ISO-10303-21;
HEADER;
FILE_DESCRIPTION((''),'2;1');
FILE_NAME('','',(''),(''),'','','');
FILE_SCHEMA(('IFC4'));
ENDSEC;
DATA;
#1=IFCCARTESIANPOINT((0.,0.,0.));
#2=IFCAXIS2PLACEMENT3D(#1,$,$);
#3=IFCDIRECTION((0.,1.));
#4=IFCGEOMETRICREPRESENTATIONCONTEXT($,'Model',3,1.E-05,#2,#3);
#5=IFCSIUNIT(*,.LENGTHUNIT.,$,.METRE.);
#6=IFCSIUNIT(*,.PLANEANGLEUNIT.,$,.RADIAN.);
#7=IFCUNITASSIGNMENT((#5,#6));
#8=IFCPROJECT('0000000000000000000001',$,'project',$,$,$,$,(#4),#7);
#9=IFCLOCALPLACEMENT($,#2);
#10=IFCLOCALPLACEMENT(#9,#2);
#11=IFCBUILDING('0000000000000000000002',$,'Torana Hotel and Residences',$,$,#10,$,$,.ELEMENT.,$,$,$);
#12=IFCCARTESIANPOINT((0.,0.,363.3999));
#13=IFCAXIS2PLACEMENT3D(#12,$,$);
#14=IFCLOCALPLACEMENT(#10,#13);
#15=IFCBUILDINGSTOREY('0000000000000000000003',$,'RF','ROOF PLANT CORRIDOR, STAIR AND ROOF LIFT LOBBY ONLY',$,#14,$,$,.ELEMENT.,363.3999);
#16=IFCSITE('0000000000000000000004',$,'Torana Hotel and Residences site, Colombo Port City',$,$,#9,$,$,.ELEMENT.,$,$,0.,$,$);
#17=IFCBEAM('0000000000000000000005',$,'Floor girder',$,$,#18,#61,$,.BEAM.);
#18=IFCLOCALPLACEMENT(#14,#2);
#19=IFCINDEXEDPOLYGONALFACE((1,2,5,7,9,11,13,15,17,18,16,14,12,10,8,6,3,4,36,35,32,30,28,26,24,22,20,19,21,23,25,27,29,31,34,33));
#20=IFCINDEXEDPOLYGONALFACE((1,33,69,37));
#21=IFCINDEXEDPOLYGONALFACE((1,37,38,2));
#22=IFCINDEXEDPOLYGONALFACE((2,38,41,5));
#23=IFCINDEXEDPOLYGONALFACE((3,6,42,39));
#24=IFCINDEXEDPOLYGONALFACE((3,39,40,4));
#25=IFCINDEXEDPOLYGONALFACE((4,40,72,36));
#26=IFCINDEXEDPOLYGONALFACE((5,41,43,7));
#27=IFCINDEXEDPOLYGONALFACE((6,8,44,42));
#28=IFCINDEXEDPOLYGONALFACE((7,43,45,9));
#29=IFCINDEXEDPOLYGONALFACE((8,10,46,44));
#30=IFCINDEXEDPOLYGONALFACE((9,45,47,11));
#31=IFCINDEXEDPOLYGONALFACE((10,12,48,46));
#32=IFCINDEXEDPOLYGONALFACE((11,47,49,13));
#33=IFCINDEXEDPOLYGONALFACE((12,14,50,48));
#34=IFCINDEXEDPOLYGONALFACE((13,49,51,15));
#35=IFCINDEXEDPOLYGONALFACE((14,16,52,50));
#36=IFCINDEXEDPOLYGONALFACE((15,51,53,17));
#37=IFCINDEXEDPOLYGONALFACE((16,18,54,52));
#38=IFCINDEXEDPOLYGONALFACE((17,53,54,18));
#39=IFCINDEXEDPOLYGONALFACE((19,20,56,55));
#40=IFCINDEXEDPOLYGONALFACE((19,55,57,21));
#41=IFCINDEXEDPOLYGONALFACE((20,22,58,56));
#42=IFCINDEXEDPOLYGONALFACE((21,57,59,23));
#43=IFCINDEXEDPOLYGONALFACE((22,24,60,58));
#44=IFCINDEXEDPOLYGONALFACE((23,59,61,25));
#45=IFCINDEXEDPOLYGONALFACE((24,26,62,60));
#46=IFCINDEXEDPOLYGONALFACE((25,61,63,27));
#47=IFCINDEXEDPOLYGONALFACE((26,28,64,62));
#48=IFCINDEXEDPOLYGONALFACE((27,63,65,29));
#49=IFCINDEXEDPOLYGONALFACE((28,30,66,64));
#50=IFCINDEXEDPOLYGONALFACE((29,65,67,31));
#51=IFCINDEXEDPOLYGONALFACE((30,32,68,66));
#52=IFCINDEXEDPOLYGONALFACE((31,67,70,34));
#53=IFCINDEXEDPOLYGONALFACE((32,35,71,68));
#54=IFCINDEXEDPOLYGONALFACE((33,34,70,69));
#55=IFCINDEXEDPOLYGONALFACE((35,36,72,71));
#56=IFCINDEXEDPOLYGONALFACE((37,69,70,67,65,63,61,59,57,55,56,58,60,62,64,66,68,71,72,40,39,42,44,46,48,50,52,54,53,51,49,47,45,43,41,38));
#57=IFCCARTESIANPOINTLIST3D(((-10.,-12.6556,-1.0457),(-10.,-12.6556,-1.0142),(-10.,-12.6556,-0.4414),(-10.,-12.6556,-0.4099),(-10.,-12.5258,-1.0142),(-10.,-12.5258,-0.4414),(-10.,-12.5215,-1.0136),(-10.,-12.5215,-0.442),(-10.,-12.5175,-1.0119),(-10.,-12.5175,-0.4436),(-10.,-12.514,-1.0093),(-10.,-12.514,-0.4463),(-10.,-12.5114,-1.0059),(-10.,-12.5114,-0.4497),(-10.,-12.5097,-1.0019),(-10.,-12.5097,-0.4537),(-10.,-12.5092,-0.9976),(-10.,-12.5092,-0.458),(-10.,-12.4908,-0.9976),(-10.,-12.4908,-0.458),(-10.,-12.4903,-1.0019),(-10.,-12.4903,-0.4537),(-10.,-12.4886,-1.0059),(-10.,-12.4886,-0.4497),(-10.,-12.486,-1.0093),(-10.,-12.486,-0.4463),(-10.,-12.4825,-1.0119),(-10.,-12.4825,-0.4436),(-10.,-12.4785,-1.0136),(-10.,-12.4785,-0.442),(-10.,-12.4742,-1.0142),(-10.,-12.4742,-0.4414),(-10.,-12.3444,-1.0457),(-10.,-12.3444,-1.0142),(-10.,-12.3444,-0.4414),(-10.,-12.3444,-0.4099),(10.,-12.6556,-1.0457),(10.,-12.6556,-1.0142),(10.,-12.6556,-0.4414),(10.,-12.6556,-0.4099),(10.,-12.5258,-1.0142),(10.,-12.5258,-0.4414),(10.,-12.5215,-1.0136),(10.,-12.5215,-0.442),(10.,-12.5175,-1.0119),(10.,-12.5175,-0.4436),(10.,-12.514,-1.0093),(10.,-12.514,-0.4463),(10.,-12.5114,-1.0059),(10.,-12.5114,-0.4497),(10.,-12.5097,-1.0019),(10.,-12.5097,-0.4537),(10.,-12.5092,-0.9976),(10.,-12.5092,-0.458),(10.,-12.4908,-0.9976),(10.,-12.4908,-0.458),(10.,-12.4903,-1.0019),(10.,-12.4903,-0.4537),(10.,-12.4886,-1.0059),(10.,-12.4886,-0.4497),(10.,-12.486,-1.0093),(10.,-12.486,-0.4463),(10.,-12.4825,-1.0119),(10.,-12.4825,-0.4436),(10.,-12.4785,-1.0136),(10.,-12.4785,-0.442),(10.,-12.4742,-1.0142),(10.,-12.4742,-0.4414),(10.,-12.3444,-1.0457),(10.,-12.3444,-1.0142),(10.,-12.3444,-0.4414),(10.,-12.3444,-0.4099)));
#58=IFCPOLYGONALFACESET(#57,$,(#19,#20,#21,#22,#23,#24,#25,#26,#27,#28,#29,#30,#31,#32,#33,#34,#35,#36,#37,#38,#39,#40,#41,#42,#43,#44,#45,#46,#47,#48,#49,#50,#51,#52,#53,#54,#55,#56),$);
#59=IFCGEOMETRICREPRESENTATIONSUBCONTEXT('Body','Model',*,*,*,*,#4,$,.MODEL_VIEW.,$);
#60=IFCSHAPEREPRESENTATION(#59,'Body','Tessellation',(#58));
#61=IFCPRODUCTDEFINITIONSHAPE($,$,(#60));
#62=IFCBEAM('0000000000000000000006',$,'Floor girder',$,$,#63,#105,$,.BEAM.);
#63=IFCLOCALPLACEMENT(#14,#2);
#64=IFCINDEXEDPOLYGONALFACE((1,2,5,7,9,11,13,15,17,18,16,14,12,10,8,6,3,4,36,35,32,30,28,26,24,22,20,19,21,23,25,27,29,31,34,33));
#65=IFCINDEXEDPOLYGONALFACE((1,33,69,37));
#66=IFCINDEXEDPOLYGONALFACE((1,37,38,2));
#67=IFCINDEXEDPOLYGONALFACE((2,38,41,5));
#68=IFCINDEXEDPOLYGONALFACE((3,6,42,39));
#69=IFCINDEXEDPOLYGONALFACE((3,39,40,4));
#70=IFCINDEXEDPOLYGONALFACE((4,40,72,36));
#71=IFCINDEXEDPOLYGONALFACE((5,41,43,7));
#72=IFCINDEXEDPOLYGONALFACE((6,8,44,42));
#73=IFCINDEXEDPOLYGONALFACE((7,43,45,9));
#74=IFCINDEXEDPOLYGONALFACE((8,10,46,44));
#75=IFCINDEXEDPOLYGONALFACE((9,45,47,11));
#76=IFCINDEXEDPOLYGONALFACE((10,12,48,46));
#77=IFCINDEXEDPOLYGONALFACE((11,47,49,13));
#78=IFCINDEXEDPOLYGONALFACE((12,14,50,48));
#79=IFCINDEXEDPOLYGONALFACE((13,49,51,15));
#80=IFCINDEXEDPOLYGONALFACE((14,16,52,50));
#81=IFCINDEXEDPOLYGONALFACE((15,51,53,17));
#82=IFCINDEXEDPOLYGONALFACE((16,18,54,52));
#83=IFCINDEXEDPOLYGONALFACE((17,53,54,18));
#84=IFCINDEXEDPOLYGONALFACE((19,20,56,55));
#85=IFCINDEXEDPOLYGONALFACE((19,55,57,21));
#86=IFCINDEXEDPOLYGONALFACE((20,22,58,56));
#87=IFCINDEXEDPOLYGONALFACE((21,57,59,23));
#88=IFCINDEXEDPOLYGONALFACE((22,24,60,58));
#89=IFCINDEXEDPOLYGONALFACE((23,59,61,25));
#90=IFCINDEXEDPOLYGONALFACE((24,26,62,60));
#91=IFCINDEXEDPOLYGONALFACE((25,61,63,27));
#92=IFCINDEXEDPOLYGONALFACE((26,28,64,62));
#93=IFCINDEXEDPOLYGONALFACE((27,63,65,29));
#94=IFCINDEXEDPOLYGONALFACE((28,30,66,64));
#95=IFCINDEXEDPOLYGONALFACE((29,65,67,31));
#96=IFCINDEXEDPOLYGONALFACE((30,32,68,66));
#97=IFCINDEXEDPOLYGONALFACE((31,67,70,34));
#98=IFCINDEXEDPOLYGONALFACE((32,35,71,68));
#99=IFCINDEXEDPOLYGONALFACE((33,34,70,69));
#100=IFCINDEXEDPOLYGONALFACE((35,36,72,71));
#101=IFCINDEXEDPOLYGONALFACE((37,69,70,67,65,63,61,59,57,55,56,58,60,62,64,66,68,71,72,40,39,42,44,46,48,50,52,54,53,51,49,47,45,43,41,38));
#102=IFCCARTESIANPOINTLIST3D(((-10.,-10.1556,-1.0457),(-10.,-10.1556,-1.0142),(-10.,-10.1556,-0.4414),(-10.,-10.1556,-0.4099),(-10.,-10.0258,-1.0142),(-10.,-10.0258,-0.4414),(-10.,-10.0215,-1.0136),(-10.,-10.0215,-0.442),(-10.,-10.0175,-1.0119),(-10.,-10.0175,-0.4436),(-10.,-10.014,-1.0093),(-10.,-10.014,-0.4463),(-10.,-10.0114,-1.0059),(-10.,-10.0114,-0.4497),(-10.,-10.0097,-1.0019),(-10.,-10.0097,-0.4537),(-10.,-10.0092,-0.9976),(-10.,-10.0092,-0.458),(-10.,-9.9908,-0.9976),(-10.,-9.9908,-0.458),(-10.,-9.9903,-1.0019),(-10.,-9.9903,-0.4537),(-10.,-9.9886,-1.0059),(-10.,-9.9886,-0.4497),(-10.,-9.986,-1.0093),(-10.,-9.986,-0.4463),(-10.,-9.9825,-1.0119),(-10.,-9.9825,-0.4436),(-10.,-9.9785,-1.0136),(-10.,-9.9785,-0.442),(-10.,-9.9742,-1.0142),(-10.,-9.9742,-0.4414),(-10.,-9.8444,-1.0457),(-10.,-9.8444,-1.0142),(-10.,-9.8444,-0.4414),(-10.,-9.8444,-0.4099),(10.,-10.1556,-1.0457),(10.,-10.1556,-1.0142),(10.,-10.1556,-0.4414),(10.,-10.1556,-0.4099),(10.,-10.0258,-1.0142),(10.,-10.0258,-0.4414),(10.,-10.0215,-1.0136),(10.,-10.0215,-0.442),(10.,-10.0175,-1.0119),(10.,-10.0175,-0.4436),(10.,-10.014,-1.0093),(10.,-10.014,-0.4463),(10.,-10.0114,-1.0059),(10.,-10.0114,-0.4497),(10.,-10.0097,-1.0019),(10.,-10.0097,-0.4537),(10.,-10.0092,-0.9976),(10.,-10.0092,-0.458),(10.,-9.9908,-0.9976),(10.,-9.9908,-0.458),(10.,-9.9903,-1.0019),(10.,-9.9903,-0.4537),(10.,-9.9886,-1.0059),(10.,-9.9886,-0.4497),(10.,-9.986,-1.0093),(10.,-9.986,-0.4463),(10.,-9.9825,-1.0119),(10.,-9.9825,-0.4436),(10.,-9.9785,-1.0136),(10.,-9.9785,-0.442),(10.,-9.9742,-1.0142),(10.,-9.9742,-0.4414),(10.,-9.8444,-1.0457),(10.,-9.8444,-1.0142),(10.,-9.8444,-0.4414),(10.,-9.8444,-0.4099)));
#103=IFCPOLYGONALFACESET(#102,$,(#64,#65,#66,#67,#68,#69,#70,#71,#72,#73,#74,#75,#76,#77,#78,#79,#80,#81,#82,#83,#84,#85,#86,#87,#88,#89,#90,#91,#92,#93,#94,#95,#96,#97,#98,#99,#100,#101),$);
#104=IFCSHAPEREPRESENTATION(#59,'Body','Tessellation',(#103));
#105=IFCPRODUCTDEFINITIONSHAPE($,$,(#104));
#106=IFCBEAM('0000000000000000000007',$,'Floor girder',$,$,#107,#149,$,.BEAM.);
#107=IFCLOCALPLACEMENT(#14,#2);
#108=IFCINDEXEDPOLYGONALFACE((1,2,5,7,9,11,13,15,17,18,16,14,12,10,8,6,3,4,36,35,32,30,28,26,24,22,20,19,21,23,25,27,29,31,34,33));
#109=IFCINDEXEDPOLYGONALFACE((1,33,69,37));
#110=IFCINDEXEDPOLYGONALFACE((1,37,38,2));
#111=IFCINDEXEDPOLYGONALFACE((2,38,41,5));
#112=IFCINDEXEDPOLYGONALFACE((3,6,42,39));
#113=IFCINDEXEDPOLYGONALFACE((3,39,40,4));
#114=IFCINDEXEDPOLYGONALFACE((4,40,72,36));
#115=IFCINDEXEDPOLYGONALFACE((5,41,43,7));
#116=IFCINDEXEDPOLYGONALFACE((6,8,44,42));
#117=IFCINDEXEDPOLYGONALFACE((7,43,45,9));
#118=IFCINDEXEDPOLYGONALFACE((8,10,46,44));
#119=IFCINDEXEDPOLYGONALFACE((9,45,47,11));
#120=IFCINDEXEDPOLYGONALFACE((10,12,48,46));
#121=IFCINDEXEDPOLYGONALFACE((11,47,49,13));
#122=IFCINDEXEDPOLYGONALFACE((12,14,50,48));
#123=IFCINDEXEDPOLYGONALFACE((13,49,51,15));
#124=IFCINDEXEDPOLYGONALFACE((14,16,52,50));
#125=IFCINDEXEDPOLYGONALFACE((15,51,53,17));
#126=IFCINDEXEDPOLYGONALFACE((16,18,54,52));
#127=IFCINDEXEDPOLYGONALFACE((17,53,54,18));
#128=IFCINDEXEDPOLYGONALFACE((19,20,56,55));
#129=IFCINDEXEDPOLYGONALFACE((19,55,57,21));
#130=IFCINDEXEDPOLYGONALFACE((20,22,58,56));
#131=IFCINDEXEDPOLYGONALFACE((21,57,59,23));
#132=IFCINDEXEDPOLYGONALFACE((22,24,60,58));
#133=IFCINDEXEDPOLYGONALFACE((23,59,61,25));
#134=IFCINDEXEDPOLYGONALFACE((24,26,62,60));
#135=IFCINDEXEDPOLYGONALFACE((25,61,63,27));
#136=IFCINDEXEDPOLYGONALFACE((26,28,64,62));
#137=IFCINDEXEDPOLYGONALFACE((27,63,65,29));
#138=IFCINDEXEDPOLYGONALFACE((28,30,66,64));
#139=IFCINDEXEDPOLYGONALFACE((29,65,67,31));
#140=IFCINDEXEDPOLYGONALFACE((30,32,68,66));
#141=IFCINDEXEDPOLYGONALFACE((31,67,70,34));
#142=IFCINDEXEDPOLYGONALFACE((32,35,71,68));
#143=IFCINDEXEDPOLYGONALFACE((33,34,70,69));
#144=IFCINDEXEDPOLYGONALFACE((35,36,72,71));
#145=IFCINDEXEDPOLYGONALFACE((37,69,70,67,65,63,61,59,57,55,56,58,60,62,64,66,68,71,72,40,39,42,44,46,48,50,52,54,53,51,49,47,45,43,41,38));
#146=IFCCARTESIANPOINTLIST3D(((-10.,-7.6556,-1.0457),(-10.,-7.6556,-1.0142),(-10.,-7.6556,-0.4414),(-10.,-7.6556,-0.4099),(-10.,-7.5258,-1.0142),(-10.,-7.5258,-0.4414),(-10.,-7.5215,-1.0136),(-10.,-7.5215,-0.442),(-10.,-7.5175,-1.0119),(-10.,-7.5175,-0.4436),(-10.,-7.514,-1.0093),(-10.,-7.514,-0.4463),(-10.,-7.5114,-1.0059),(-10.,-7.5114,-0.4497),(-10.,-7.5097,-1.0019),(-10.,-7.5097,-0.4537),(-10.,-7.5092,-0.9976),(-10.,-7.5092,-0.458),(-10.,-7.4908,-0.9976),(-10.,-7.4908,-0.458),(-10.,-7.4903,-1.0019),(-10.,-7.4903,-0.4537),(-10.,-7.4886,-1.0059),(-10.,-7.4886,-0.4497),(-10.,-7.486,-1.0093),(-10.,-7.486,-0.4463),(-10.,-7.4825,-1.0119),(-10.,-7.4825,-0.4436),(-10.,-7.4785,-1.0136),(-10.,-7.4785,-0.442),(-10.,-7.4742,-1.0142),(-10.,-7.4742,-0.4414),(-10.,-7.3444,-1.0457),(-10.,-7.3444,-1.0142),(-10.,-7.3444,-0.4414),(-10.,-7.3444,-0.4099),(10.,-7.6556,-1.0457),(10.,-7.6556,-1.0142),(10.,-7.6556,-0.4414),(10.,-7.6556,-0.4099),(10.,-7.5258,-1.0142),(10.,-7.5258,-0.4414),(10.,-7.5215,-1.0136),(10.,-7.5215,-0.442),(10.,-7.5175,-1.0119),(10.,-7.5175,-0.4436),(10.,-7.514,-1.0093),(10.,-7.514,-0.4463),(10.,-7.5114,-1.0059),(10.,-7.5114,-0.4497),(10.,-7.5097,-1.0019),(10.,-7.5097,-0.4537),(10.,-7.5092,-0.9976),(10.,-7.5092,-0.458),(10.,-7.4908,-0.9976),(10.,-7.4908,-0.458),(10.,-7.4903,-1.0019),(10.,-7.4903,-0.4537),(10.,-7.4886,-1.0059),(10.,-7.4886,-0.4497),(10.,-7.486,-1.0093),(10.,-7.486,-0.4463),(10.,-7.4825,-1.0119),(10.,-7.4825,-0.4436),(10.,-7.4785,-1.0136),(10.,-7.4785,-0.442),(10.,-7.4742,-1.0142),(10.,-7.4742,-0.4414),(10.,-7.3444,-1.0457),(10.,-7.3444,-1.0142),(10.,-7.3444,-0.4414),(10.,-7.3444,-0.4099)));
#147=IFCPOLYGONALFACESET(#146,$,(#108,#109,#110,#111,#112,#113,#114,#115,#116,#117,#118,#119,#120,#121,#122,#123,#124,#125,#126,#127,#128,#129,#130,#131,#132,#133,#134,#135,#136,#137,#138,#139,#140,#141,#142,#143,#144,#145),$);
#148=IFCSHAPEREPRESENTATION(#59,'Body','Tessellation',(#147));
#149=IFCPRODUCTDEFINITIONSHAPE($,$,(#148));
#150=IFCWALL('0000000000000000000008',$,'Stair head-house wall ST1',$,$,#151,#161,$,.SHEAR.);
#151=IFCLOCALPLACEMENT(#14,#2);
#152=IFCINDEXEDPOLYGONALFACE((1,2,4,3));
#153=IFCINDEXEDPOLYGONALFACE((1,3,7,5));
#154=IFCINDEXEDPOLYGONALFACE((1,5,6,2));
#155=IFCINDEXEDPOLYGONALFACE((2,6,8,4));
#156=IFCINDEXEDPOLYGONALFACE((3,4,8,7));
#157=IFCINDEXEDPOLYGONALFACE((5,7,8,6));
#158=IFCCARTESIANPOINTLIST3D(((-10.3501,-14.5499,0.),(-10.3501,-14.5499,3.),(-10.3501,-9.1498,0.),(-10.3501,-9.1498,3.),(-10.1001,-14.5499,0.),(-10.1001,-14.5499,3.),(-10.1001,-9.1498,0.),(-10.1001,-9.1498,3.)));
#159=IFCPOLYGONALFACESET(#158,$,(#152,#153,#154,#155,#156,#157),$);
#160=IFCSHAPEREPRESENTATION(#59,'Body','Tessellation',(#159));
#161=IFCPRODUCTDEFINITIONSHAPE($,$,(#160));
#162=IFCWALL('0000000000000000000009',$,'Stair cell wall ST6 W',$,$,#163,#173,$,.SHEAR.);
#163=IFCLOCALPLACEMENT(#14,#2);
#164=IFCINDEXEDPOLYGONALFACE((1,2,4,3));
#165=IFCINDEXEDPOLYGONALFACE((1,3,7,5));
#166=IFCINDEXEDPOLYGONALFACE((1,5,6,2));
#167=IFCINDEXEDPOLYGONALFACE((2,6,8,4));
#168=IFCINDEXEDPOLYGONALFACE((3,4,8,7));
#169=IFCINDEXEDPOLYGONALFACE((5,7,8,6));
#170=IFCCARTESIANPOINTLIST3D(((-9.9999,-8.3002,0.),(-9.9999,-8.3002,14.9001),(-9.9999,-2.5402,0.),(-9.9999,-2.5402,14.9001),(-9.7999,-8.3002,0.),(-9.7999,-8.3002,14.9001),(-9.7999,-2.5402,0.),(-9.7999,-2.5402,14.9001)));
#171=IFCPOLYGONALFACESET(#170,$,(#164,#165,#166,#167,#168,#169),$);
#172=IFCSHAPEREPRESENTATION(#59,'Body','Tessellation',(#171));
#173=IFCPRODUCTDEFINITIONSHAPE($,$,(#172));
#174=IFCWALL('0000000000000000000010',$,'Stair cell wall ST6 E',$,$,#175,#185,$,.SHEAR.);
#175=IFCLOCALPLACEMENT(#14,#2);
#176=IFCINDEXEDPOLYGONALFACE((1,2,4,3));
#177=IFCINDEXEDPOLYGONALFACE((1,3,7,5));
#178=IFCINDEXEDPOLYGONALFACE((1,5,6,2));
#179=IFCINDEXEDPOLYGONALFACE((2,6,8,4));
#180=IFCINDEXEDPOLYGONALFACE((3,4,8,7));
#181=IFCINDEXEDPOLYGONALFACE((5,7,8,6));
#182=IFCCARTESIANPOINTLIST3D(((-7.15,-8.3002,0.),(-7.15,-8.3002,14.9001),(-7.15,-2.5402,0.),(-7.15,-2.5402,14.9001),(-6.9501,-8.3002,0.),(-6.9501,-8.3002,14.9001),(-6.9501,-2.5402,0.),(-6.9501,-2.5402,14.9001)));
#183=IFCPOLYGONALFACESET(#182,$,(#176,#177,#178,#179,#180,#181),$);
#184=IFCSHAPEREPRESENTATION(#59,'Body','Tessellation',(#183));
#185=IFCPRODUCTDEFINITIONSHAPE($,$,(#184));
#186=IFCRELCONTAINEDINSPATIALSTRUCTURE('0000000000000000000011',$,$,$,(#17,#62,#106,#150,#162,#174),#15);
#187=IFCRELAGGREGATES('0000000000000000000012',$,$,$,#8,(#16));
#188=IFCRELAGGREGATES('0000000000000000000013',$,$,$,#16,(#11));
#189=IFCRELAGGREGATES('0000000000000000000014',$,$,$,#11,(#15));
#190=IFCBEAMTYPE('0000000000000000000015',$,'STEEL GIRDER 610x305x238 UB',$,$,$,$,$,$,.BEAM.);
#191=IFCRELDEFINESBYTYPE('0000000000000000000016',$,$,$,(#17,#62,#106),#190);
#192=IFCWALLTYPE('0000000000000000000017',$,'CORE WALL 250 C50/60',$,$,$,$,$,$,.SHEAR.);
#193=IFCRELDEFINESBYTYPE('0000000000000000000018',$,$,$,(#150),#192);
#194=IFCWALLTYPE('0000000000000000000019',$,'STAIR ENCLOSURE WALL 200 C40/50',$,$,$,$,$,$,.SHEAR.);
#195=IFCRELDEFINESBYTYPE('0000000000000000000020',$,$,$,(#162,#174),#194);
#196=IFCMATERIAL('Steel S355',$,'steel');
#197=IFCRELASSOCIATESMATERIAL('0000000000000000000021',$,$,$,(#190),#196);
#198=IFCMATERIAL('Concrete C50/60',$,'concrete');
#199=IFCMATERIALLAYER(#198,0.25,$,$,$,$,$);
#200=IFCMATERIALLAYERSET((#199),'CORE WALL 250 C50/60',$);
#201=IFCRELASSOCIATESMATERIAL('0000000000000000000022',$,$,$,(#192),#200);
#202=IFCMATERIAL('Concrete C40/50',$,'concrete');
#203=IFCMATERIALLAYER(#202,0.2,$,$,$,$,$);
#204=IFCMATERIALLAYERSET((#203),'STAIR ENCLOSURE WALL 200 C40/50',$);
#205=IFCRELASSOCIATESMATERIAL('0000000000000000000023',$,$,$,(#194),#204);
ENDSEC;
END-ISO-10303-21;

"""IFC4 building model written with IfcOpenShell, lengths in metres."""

from ifc_helpers import new_model, si_unit, direction, frame, frame_2d, origin, origin_2d, place, context, subcontext, project, spatial, rectangle, i_section, extrude, material, layer, layer_set, material_profile, profile_set, type_object, element, save


model = new_model("IFC4")

# Units and contexts
model_context = context("Model", 3, precision=1e-05, world=origin(), true_north=direction((0.0, 1.0)))
body_context = subcontext(model_context, "Body", "Model", "MODEL_VIEW")
ifc_project = project(units=[si_unit("LENGTHUNIT", "METRE"), si_unit("PLANEANGLEUNIT", "RADIAN")], contexts=[model_context])

# Site, building, storey
site_placement = place(None, origin())
site = spatial("IfcSite", under=ifc_project, at=site_placement, Name="Torana Hotel and Residences site, Colombo Port City", CompositionType="ELEMENT", RefElevation=0.0)
building_placement = place(site_placement, origin())
building = spatial("IfcBuilding", under=site, at=building_placement, Name="Torana Hotel and Residences", CompositionType="ELEMENT")
storey_placement = place(building_placement, frame((0.0, 0.0, 363.3999)))
storey = spatial("IfcBuildingStorey", under=building, at=storey_placement, Name="RF", Description="ROOF PLANT CORRIDOR, STAIR AND ROOF LIFT LOBBY ONLY", CompositionType="ELEMENT", Elevation=363.3999)

# Beams
ifc_material_1 = material(Name="Steel S355", Category="steel")
ifc_material_profile_1 = material_profile(ifc_material_1, i_section(OverallWidth=0.3113, OverallDepth=0.6357, WebThickness=0.0183, FlangeThickness=0.0315, FilletRadius=0.0166, at=origin_2d()), Name="610x305x238 UB")
ifc_profile_set_1 = profile_set([ifc_material_profile_1], Name="Steel S355")
beam_type_1 = type_object("IfcBeamType", Name="STEEL GIRDER 610x305x238 UB", PredefinedType="BEAM", material=ifc_profile_set_1)
for number, where, z_axis, x_axis, name in (
    (1, (-10.0, -12.5, -0.7278), (1.0, 0.0, 0.0), (0.0, 1.0, 0.0), "Floor girder"),
    (2, (-10.0, -10.0, -0.7278), (1.0, 0.0, 0.0), (0.0, 1.0, 0.0), "Floor girder"),
    (3, (-10.0, -7.5, -0.7278), (1.0, 0.0, 0.0), (0.0, 1.0, 0.0), "Floor girder"),
):
    element("IfcBeam", number, at=place(storey_placement, frame(where, z_axis=z_axis, x_axis=x_axis)), inside=storey, type_object=beam_type_1, Name=name, PredefinedType="BEAM", context=body_context, shape_type="SweptSolid", body=[
        extrude(i_section(OverallWidth=0.3113, OverallDepth=0.6357, WebThickness=0.0183, FlangeThickness=0.0315, FilletRadius=0.0166, at=origin_2d()), origin(), (0.0, 0.0, 1.0), 20.0),
    ])

# Walls
ifc_material_2 = material(Name="Concrete C50/60", Category="concrete")
ifc_layer_1 = layer(ifc_material_2, 0.25)
ifc_layer_set_1 = layer_set([ifc_layer_1], Name="CORE WALL 250 C50/60")
wall_type_1 = type_object("IfcWallType", Name="CORE WALL 250 C50/60", PredefinedType="SHEAR", material=ifc_layer_set_1)
wall_1_placement = place(storey_placement, frame((-10.2251, -14.55, 0.0), z_axis=(0.0, 0.0, 1.0), x_axis=(0.0, 1.0, 0.0)))
element("IfcWall", 4, at=wall_1_placement, inside=storey, type_object=wall_type_1, Name="Stair head-house wall ST1", PredefinedType="SHEAR", context=body_context, shape_type="SweptSolid", body=[
    extrude(rectangle(XDim=5.4001, YDim=0.25, at=frame_2d((2.7002, 0.0))), origin(), (0.0, 0.0, 1.0), 3.0),
])
ifc_material_3 = material(Name="Concrete C40/50", Category="concrete")
ifc_layer_2 = layer(ifc_material_3, 0.2)
ifc_layer_set_2 = layer_set([ifc_layer_2], Name="STAIR ENCLOSURE WALL 200 C40/50")
wall_type_2 = type_object("IfcWallType", Name="STAIR ENCLOSURE WALL 200 C40/50", PredefinedType="SHEAR", material=ifc_layer_set_2)
for number, where, z_axis, x_axis, name in (
    (5, (-9.8999, -8.3, 0.0), (0.0, 0.0, 1.0), (0.0, 1.0, 0.0), "Stair cell wall ST6 W"),
    (6, (-7.05, -8.3, 0.0), (0.0, 0.0, 1.0), (0.0, 1.0, 0.0), "Stair cell wall ST6 E"),
):
    element("IfcWall", number, at=place(storey_placement, frame(where, z_axis=z_axis, x_axis=x_axis)), inside=storey, type_object=wall_type_2, Name=name, PredefinedType="SHEAR", context=body_context, shape_type="SweptSolid", body=[
        extrude(rectangle(XDim=5.76, YDim=0.2, at=frame_2d((2.8799, 0.0))), origin(), (0.0, 0.0, 1.0), 14.9001),
    ])

save(model, "model.ifc")
